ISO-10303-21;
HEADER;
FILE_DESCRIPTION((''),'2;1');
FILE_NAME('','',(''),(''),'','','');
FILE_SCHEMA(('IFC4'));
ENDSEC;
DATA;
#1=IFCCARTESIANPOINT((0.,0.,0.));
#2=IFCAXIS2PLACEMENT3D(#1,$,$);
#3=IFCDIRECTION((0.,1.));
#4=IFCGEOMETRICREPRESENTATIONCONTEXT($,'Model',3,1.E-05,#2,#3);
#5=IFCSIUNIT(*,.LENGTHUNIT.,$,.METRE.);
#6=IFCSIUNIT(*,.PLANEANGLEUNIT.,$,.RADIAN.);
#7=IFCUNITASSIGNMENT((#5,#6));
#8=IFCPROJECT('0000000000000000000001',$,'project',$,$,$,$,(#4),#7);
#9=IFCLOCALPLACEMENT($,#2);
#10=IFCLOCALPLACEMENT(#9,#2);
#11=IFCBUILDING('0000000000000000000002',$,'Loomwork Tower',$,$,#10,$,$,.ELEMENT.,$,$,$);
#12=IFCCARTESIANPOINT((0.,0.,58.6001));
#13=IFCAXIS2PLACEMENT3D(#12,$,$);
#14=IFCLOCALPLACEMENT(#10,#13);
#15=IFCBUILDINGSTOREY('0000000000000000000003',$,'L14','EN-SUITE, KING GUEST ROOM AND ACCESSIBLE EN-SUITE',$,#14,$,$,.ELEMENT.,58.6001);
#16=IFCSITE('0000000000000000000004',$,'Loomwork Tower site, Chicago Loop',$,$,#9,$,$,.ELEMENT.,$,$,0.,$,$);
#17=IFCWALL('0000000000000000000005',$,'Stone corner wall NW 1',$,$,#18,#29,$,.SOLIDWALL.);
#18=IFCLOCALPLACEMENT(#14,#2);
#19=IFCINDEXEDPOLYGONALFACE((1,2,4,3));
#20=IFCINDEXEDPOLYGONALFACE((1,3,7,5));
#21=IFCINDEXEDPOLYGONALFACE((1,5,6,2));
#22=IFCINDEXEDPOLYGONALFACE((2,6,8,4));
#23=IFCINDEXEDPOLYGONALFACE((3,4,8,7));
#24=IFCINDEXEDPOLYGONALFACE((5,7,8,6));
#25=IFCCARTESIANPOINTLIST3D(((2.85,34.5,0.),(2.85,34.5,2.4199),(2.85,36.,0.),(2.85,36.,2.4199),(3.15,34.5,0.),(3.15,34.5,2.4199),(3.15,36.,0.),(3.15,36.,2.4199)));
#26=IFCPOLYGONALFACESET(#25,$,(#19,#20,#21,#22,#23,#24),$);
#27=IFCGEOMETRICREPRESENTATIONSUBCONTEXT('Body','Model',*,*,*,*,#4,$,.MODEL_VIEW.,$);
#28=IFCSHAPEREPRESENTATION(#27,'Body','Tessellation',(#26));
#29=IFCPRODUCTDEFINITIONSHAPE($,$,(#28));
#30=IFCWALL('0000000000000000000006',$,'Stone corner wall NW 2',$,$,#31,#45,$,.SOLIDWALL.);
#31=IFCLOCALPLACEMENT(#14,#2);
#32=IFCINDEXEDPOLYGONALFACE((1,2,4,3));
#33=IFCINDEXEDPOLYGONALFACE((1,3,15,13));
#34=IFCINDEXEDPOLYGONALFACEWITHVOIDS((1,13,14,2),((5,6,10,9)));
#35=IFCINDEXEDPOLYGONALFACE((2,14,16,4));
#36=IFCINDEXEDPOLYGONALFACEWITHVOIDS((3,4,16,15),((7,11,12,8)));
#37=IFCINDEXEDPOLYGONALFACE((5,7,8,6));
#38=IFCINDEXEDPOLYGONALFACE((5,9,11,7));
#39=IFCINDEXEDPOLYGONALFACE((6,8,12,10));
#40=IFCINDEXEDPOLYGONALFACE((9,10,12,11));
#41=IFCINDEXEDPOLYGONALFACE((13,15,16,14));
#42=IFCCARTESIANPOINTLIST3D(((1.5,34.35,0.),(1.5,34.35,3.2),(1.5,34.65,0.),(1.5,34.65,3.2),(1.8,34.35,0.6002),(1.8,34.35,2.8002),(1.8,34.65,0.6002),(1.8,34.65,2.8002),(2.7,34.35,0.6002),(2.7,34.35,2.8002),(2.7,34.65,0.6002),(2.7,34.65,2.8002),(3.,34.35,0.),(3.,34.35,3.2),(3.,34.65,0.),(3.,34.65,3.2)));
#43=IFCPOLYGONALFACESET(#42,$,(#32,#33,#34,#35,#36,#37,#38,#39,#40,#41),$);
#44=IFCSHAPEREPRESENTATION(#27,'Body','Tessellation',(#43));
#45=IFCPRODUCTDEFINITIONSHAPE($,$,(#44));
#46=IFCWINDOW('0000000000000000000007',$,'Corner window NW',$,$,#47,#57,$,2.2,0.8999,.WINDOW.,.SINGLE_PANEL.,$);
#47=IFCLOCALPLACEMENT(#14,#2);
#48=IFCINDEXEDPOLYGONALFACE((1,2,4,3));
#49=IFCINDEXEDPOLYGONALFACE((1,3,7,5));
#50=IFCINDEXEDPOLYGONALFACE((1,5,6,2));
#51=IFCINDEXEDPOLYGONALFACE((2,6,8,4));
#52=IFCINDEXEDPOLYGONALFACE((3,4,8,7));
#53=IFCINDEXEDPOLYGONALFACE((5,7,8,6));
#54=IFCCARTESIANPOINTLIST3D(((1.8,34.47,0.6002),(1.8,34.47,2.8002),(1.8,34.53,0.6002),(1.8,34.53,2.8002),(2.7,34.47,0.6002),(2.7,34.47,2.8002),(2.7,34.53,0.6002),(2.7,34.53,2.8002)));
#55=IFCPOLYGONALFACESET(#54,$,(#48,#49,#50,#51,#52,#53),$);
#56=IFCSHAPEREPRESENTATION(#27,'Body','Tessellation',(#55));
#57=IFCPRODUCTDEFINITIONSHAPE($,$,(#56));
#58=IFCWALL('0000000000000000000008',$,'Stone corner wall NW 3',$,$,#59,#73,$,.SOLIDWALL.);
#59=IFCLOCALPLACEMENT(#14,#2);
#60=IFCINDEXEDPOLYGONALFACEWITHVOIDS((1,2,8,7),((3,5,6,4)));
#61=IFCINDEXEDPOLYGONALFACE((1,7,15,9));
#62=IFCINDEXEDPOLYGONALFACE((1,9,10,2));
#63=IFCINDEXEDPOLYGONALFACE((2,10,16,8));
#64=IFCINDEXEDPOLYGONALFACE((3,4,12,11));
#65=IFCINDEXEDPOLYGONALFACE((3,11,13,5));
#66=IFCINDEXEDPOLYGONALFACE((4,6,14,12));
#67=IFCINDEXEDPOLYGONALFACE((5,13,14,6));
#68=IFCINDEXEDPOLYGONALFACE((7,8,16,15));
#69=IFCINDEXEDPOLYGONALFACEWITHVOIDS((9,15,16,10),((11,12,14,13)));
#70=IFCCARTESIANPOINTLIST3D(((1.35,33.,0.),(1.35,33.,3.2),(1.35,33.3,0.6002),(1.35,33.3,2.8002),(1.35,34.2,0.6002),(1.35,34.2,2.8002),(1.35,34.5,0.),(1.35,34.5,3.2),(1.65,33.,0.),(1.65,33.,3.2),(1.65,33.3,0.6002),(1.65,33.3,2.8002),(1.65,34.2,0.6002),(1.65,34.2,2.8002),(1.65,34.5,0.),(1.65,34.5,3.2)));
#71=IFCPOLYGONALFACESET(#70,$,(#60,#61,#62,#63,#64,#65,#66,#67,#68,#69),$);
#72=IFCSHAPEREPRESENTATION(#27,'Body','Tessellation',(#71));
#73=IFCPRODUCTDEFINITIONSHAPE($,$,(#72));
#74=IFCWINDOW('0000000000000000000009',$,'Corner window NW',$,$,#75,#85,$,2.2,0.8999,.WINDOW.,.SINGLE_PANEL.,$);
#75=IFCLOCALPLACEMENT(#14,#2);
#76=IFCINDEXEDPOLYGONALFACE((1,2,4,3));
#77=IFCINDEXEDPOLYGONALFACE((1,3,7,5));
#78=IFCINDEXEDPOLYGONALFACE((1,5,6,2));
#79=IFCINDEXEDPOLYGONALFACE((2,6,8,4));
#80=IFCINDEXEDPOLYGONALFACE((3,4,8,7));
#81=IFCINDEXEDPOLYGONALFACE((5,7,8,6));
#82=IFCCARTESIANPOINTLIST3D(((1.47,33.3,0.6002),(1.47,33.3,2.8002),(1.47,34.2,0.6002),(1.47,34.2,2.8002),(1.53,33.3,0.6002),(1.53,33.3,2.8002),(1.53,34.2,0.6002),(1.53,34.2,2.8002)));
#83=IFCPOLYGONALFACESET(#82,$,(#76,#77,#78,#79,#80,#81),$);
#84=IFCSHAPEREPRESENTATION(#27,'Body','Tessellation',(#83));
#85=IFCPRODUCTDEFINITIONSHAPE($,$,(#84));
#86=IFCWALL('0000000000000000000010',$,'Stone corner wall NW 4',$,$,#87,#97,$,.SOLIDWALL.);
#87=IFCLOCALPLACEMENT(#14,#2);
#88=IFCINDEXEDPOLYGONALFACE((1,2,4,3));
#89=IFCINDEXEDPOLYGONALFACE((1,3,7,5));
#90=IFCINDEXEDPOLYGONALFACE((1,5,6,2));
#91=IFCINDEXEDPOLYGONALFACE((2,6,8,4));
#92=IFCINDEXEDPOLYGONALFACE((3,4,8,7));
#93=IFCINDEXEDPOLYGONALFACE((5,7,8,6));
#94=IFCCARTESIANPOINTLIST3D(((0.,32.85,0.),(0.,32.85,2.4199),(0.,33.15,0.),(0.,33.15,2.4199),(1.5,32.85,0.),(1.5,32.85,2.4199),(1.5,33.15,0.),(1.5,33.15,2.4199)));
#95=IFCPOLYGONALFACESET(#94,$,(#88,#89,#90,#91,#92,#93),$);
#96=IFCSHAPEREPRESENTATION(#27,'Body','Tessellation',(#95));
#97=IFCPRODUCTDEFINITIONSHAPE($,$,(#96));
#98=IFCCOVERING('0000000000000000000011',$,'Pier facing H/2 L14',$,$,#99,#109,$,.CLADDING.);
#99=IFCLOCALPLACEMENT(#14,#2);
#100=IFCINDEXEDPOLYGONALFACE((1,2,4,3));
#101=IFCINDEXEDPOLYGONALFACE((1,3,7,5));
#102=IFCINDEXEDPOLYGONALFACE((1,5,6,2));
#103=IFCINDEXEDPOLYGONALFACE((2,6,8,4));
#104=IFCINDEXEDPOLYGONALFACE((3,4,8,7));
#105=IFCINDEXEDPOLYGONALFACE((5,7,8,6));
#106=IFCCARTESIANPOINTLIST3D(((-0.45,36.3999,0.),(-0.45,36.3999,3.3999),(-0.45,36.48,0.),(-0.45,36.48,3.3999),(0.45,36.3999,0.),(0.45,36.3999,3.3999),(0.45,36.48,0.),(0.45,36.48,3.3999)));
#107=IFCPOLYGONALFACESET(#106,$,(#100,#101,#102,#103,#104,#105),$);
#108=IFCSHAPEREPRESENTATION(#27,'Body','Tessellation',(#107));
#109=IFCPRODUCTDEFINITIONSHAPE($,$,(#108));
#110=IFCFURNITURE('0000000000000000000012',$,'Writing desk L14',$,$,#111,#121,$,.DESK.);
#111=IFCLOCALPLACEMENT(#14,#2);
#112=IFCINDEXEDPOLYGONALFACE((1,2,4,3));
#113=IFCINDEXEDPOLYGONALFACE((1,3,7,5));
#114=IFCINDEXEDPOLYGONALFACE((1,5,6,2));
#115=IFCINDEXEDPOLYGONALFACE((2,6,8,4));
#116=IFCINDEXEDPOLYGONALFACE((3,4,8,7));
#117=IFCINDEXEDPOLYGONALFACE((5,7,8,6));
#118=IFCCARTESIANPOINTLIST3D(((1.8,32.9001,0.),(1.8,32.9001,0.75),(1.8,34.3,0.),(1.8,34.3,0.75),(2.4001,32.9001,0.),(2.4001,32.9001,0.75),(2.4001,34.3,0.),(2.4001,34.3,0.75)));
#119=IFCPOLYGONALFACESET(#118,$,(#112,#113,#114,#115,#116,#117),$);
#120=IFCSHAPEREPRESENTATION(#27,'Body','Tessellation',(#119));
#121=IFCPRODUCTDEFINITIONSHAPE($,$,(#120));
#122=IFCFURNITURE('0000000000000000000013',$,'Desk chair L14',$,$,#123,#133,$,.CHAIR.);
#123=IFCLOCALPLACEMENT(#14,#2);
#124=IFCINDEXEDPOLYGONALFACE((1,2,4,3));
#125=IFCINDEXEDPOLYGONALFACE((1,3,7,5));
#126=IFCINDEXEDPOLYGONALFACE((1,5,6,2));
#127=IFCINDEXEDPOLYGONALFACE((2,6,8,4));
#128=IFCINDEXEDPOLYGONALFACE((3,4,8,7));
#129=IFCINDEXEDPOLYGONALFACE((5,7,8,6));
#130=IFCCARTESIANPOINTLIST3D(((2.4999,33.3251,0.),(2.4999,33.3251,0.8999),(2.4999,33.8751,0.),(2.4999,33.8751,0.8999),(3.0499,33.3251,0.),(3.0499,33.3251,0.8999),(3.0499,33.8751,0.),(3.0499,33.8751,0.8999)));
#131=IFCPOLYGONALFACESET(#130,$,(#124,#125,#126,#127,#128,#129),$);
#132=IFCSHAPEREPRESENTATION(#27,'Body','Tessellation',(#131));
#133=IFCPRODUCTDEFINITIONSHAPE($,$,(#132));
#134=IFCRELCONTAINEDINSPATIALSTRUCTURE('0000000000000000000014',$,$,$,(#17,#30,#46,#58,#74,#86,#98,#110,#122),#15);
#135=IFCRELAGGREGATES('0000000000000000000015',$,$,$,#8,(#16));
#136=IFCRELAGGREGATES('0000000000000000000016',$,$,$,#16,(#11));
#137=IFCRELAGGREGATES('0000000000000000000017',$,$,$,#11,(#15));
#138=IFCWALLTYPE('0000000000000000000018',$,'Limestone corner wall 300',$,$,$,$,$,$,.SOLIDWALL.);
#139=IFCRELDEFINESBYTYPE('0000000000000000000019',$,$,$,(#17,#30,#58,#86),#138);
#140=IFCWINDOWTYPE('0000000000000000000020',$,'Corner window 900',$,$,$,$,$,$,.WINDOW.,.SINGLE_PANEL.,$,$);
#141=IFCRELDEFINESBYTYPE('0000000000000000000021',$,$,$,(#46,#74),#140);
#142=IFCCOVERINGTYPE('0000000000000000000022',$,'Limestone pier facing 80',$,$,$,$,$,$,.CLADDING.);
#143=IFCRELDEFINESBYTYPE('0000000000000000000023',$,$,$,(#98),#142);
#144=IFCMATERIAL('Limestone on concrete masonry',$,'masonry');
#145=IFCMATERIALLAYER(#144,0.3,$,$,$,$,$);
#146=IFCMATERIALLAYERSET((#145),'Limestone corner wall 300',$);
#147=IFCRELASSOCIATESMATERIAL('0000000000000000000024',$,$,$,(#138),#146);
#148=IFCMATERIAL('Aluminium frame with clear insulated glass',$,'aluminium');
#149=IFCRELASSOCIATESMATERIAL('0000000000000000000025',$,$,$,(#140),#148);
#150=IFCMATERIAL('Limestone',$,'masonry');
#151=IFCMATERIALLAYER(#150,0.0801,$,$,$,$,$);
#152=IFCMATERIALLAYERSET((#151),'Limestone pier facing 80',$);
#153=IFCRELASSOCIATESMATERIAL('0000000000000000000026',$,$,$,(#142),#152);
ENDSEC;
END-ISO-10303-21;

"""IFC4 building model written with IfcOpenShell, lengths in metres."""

from ifc_helpers import new_model, si_unit, direction, frame, frame_2d, origin, origin_2d, place, context, subcontext, project, spatial, rectangle, extrude, material, layer, layer_set, type_object, element, fill, save


model = new_model("IFC4")

# Units and contexts
model_context = context("Model", 3, precision=1e-05, world=origin(), true_north=direction((0.0, 1.0)))
body_context = subcontext(model_context, "Body", "Model", "MODEL_VIEW")
ifc_project = project(units=[si_unit("LENGTHUNIT", "METRE"), si_unit("PLANEANGLEUNIT", "RADIAN")], contexts=[model_context])

# Site, building, storey
site_placement = place(None, origin())
site = spatial("IfcSite", under=ifc_project, at=site_placement, Name="Loomwork Tower site, Chicago Loop", CompositionType="ELEMENT", RefElevation=0.0)
building_placement = place(site_placement, origin())
building = spatial("IfcBuilding", under=site, at=building_placement, Name="Loomwork Tower", CompositionType="ELEMENT")
storey_placement = place(building_placement, frame((0.0, 0.0, 58.6001)))
storey = spatial("IfcBuildingStorey", under=building, at=storey_placement, Name="L14", Description="EN-SUITE, KING GUEST ROOM AND ACCESSIBLE EN-SUITE", CompositionType="ELEMENT", Elevation=58.6001)

# Wall
ifc_material_1 = material(Name="Limestone on concrete masonry", Category="masonry")
ifc_layer_1 = layer(ifc_material_1, 0.3)
ifc_layer_set_1 = layer_set([ifc_layer_1], Name="Limestone corner wall 300")
wall_type_1 = type_object("IfcWallType", Name="Limestone corner wall 300", PredefinedType="SOLIDWALL", material=ifc_layer_set_1)
wall_1_placement = place(storey_placement, frame((3.0, 36.0, 0.0), z_axis=(0.0, 0.0, 1.0), x_axis=(0.0, -1.0, 0.0)))
element("IfcWall", 1, at=wall_1_placement, inside=storey, type_object=wall_type_1, Name="Stone corner wall NW 1", PredefinedType="SOLIDWALL", context=body_context, shape_type="SweptSolid", body=[
    extrude(rectangle(XDim=1.5, YDim=0.3, at=frame_2d((0.75, 0.0))), origin(), (0.0, 0.0, 1.0), 2.4199),
])

# Walls, openings, windows
wall_2_placement = place(storey_placement, frame((3.0, 34.5, 0.0), z_axis=(0.0, 0.0, 1.0), x_axis=(-1.0, 0.0, 0.0)))
wall_2 = element("IfcWall", 2, at=wall_2_placement, inside=storey, type_object=wall_type_1, Name="Stone corner wall NW 2", PredefinedType="SOLIDWALL", context=body_context, shape_type="SweptSolid", body=[
    extrude(rectangle(XDim=1.5, YDim=0.3, at=frame_2d((0.75, 0.0))), origin(), (0.0, 0.0, 1.0), 3.2),
])
opening_1_placement = place(wall_2_placement, frame((0.3, 0.0, 0.6001)))
opening_1 = element("IfcOpeningElement", 3, at=opening_1_placement, cuts=wall_2, PredefinedType="OPENING", context=body_context, shape_type="SweptSolid", body=[
    extrude(rectangle(XDim=0.8999, YDim=2.2, at=frame_2d((0.45, 1.1001))), frame((0.0, 0.1599, 0.0), z_axis=(0.0, -1.0, 0.0), x_axis=(1.0, 0.0, 0.0)), (0.0, 0.0, 1.0), 0.3201),
])
ifc_material_2 = material(Name="Aluminium frame with clear insulated glass", Category="aluminium")
window_type_1 = type_object("IfcWindowType", Name="Corner window 900", PartitioningType="SINGLE_PANEL", PredefinedType="WINDOW", material=ifc_material_2)
window_1_placement = place(opening_1_placement, origin())
window_1 = element("IfcWindow", 4, at=window_1_placement, inside=storey, type_object=window_type_1, Name="Corner window NW", OverallHeight=2.2, OverallWidth=0.8999, PartitioningType="SINGLE_PANEL", PredefinedType="WINDOW", context=body_context, shape_type="SweptSolid", body=[
    extrude(rectangle(XDim=0.8999, YDim=2.2, at=frame_2d((0.45, 1.1001))), frame((0.0, 0.03, 0.0), z_axis=(0.0, -1.0, 0.0), x_axis=(1.0, 0.0, 0.0)), (0.0, 0.0, 1.0), 0.0601),
])
fill(opening_1, window_1)
wall_3_placement = place(storey_placement, frame((1.5, 34.5, 0.0), z_axis=(0.0, 0.0, 1.0), x_axis=(0.0, -1.0, 0.0)))
wall_3 = element("IfcWall", 5, at=wall_3_placement, inside=storey, type_object=wall_type_1, Name="Stone corner wall NW 3", PredefinedType="SOLIDWALL", context=body_context, shape_type="SweptSolid", body=[
    extrude(rectangle(XDim=1.5, YDim=0.3, at=frame_2d((0.75, 0.0))), origin(), (0.0, 0.0, 1.0), 3.2),
])
opening_2_placement = place(wall_3_placement, frame((0.3, 0.0, 0.6001)))
opening_2 = element("IfcOpeningElement", 6, at=opening_2_placement, cuts=wall_3, PredefinedType="OPENING", context=body_context, shape_type="SweptSolid", body=[
    extrude(rectangle(XDim=0.8999, YDim=2.2, at=frame_2d((0.45, 1.1001))), frame((0.0, 0.1599, 0.0), z_axis=(0.0, -1.0, 0.0), x_axis=(1.0, 0.0, 0.0)), (0.0, 0.0, 1.0), 0.3201),
])
window_2_placement = place(opening_2_placement, origin())
window_2 = element("IfcWindow", 7, at=window_2_placement, inside=storey, type_object=window_type_1, Name="Corner window NW", OverallHeight=2.2, OverallWidth=0.8999, PartitioningType="SINGLE_PANEL", PredefinedType="WINDOW", context=body_context, shape_type="SweptSolid", body=[
    extrude(rectangle(XDim=0.8999, YDim=2.2, at=frame_2d((0.45, 1.1001))), frame((0.0, 0.03, 0.0), z_axis=(0.0, -1.0, 0.0), x_axis=(1.0, 0.0, 0.0)), (0.0, 0.0, 1.0), 0.0601),
])
fill(opening_2, window_2)

# Wall
wall_4_placement = place(storey_placement, frame((1.5, 33.0, 0.0), z_axis=(0.0, 0.0, 1.0), x_axis=(-1.0, 0.0, 0.0)))
element("IfcWall", 8, at=wall_4_placement, inside=storey, type_object=wall_type_1, Name="Stone corner wall NW 4", PredefinedType="SOLIDWALL", context=body_context, shape_type="SweptSolid", body=[
    extrude(rectangle(XDim=1.5, YDim=0.3, at=frame_2d((0.75, 0.0))), origin(), (0.0, 0.0, 1.0), 2.4199),
])

# Covering
ifc_material_3 = material(Name="Limestone", Category="masonry")
ifc_layer_2 = layer(ifc_material_3, 0.0801)
ifc_layer_set_2 = layer_set([ifc_layer_2], Name="Limestone pier facing 80")
covering_type = type_object("IfcCoveringType", Name="Limestone pier facing 80", PredefinedType="CLADDING", material=ifc_layer_set_2)
covering_placement = place(storey_placement, frame((0.0, 36.4399, 0.0), z_axis=(0.0, 0.0, 1.0), x_axis=(1.0, 0.0, 0.0)))
element("IfcCovering", 9, at=covering_placement, inside=storey, type_object=covering_type, Name="Pier facing H/2 L14", PredefinedType="CLADDING", context=body_context, shape_type="SweptSolid", body=[
    extrude(rectangle(XDim=0.8999, YDim=0.0801, at=origin_2d()), origin(), (0.0, 0.0, 1.0), 3.3999),
])

# Furniture
furniture_1_placement = place(storey_placement, frame((2.1001, 33.6001, 0.0), z_axis=(0.0, 0.0, 1.0), x_axis=(1.0, 0.0, 0.0)))
element("IfcFurniture", 10, at=furniture_1_placement, inside=storey, Name="Writing desk L14", PredefinedType="DESK", context=body_context, shape_type="SweptSolid", body=[
    extrude(rectangle(XDim=0.6001, YDim=1.3999, at=origin_2d()), origin(), (0.0, 0.0, 1.0), 0.75),
])
furniture_2_placement = place(storey_placement, frame((2.7749, 33.6001, 0.0), z_axis=(0.0, 0.0, 1.0), x_axis=(1.0, 0.0, 0.0)))
element("IfcFurniture", 11, at=furniture_2_placement, inside=storey, Name="Desk chair L14", PredefinedType="CHAIR", context=body_context, shape_type="SweptSolid", body=[
    extrude(rectangle(XDim=0.55, YDim=0.55, at=origin_2d()), origin(), (0.0, 0.0, 1.0), 0.8999),
])

save(model, "model.ifc")
